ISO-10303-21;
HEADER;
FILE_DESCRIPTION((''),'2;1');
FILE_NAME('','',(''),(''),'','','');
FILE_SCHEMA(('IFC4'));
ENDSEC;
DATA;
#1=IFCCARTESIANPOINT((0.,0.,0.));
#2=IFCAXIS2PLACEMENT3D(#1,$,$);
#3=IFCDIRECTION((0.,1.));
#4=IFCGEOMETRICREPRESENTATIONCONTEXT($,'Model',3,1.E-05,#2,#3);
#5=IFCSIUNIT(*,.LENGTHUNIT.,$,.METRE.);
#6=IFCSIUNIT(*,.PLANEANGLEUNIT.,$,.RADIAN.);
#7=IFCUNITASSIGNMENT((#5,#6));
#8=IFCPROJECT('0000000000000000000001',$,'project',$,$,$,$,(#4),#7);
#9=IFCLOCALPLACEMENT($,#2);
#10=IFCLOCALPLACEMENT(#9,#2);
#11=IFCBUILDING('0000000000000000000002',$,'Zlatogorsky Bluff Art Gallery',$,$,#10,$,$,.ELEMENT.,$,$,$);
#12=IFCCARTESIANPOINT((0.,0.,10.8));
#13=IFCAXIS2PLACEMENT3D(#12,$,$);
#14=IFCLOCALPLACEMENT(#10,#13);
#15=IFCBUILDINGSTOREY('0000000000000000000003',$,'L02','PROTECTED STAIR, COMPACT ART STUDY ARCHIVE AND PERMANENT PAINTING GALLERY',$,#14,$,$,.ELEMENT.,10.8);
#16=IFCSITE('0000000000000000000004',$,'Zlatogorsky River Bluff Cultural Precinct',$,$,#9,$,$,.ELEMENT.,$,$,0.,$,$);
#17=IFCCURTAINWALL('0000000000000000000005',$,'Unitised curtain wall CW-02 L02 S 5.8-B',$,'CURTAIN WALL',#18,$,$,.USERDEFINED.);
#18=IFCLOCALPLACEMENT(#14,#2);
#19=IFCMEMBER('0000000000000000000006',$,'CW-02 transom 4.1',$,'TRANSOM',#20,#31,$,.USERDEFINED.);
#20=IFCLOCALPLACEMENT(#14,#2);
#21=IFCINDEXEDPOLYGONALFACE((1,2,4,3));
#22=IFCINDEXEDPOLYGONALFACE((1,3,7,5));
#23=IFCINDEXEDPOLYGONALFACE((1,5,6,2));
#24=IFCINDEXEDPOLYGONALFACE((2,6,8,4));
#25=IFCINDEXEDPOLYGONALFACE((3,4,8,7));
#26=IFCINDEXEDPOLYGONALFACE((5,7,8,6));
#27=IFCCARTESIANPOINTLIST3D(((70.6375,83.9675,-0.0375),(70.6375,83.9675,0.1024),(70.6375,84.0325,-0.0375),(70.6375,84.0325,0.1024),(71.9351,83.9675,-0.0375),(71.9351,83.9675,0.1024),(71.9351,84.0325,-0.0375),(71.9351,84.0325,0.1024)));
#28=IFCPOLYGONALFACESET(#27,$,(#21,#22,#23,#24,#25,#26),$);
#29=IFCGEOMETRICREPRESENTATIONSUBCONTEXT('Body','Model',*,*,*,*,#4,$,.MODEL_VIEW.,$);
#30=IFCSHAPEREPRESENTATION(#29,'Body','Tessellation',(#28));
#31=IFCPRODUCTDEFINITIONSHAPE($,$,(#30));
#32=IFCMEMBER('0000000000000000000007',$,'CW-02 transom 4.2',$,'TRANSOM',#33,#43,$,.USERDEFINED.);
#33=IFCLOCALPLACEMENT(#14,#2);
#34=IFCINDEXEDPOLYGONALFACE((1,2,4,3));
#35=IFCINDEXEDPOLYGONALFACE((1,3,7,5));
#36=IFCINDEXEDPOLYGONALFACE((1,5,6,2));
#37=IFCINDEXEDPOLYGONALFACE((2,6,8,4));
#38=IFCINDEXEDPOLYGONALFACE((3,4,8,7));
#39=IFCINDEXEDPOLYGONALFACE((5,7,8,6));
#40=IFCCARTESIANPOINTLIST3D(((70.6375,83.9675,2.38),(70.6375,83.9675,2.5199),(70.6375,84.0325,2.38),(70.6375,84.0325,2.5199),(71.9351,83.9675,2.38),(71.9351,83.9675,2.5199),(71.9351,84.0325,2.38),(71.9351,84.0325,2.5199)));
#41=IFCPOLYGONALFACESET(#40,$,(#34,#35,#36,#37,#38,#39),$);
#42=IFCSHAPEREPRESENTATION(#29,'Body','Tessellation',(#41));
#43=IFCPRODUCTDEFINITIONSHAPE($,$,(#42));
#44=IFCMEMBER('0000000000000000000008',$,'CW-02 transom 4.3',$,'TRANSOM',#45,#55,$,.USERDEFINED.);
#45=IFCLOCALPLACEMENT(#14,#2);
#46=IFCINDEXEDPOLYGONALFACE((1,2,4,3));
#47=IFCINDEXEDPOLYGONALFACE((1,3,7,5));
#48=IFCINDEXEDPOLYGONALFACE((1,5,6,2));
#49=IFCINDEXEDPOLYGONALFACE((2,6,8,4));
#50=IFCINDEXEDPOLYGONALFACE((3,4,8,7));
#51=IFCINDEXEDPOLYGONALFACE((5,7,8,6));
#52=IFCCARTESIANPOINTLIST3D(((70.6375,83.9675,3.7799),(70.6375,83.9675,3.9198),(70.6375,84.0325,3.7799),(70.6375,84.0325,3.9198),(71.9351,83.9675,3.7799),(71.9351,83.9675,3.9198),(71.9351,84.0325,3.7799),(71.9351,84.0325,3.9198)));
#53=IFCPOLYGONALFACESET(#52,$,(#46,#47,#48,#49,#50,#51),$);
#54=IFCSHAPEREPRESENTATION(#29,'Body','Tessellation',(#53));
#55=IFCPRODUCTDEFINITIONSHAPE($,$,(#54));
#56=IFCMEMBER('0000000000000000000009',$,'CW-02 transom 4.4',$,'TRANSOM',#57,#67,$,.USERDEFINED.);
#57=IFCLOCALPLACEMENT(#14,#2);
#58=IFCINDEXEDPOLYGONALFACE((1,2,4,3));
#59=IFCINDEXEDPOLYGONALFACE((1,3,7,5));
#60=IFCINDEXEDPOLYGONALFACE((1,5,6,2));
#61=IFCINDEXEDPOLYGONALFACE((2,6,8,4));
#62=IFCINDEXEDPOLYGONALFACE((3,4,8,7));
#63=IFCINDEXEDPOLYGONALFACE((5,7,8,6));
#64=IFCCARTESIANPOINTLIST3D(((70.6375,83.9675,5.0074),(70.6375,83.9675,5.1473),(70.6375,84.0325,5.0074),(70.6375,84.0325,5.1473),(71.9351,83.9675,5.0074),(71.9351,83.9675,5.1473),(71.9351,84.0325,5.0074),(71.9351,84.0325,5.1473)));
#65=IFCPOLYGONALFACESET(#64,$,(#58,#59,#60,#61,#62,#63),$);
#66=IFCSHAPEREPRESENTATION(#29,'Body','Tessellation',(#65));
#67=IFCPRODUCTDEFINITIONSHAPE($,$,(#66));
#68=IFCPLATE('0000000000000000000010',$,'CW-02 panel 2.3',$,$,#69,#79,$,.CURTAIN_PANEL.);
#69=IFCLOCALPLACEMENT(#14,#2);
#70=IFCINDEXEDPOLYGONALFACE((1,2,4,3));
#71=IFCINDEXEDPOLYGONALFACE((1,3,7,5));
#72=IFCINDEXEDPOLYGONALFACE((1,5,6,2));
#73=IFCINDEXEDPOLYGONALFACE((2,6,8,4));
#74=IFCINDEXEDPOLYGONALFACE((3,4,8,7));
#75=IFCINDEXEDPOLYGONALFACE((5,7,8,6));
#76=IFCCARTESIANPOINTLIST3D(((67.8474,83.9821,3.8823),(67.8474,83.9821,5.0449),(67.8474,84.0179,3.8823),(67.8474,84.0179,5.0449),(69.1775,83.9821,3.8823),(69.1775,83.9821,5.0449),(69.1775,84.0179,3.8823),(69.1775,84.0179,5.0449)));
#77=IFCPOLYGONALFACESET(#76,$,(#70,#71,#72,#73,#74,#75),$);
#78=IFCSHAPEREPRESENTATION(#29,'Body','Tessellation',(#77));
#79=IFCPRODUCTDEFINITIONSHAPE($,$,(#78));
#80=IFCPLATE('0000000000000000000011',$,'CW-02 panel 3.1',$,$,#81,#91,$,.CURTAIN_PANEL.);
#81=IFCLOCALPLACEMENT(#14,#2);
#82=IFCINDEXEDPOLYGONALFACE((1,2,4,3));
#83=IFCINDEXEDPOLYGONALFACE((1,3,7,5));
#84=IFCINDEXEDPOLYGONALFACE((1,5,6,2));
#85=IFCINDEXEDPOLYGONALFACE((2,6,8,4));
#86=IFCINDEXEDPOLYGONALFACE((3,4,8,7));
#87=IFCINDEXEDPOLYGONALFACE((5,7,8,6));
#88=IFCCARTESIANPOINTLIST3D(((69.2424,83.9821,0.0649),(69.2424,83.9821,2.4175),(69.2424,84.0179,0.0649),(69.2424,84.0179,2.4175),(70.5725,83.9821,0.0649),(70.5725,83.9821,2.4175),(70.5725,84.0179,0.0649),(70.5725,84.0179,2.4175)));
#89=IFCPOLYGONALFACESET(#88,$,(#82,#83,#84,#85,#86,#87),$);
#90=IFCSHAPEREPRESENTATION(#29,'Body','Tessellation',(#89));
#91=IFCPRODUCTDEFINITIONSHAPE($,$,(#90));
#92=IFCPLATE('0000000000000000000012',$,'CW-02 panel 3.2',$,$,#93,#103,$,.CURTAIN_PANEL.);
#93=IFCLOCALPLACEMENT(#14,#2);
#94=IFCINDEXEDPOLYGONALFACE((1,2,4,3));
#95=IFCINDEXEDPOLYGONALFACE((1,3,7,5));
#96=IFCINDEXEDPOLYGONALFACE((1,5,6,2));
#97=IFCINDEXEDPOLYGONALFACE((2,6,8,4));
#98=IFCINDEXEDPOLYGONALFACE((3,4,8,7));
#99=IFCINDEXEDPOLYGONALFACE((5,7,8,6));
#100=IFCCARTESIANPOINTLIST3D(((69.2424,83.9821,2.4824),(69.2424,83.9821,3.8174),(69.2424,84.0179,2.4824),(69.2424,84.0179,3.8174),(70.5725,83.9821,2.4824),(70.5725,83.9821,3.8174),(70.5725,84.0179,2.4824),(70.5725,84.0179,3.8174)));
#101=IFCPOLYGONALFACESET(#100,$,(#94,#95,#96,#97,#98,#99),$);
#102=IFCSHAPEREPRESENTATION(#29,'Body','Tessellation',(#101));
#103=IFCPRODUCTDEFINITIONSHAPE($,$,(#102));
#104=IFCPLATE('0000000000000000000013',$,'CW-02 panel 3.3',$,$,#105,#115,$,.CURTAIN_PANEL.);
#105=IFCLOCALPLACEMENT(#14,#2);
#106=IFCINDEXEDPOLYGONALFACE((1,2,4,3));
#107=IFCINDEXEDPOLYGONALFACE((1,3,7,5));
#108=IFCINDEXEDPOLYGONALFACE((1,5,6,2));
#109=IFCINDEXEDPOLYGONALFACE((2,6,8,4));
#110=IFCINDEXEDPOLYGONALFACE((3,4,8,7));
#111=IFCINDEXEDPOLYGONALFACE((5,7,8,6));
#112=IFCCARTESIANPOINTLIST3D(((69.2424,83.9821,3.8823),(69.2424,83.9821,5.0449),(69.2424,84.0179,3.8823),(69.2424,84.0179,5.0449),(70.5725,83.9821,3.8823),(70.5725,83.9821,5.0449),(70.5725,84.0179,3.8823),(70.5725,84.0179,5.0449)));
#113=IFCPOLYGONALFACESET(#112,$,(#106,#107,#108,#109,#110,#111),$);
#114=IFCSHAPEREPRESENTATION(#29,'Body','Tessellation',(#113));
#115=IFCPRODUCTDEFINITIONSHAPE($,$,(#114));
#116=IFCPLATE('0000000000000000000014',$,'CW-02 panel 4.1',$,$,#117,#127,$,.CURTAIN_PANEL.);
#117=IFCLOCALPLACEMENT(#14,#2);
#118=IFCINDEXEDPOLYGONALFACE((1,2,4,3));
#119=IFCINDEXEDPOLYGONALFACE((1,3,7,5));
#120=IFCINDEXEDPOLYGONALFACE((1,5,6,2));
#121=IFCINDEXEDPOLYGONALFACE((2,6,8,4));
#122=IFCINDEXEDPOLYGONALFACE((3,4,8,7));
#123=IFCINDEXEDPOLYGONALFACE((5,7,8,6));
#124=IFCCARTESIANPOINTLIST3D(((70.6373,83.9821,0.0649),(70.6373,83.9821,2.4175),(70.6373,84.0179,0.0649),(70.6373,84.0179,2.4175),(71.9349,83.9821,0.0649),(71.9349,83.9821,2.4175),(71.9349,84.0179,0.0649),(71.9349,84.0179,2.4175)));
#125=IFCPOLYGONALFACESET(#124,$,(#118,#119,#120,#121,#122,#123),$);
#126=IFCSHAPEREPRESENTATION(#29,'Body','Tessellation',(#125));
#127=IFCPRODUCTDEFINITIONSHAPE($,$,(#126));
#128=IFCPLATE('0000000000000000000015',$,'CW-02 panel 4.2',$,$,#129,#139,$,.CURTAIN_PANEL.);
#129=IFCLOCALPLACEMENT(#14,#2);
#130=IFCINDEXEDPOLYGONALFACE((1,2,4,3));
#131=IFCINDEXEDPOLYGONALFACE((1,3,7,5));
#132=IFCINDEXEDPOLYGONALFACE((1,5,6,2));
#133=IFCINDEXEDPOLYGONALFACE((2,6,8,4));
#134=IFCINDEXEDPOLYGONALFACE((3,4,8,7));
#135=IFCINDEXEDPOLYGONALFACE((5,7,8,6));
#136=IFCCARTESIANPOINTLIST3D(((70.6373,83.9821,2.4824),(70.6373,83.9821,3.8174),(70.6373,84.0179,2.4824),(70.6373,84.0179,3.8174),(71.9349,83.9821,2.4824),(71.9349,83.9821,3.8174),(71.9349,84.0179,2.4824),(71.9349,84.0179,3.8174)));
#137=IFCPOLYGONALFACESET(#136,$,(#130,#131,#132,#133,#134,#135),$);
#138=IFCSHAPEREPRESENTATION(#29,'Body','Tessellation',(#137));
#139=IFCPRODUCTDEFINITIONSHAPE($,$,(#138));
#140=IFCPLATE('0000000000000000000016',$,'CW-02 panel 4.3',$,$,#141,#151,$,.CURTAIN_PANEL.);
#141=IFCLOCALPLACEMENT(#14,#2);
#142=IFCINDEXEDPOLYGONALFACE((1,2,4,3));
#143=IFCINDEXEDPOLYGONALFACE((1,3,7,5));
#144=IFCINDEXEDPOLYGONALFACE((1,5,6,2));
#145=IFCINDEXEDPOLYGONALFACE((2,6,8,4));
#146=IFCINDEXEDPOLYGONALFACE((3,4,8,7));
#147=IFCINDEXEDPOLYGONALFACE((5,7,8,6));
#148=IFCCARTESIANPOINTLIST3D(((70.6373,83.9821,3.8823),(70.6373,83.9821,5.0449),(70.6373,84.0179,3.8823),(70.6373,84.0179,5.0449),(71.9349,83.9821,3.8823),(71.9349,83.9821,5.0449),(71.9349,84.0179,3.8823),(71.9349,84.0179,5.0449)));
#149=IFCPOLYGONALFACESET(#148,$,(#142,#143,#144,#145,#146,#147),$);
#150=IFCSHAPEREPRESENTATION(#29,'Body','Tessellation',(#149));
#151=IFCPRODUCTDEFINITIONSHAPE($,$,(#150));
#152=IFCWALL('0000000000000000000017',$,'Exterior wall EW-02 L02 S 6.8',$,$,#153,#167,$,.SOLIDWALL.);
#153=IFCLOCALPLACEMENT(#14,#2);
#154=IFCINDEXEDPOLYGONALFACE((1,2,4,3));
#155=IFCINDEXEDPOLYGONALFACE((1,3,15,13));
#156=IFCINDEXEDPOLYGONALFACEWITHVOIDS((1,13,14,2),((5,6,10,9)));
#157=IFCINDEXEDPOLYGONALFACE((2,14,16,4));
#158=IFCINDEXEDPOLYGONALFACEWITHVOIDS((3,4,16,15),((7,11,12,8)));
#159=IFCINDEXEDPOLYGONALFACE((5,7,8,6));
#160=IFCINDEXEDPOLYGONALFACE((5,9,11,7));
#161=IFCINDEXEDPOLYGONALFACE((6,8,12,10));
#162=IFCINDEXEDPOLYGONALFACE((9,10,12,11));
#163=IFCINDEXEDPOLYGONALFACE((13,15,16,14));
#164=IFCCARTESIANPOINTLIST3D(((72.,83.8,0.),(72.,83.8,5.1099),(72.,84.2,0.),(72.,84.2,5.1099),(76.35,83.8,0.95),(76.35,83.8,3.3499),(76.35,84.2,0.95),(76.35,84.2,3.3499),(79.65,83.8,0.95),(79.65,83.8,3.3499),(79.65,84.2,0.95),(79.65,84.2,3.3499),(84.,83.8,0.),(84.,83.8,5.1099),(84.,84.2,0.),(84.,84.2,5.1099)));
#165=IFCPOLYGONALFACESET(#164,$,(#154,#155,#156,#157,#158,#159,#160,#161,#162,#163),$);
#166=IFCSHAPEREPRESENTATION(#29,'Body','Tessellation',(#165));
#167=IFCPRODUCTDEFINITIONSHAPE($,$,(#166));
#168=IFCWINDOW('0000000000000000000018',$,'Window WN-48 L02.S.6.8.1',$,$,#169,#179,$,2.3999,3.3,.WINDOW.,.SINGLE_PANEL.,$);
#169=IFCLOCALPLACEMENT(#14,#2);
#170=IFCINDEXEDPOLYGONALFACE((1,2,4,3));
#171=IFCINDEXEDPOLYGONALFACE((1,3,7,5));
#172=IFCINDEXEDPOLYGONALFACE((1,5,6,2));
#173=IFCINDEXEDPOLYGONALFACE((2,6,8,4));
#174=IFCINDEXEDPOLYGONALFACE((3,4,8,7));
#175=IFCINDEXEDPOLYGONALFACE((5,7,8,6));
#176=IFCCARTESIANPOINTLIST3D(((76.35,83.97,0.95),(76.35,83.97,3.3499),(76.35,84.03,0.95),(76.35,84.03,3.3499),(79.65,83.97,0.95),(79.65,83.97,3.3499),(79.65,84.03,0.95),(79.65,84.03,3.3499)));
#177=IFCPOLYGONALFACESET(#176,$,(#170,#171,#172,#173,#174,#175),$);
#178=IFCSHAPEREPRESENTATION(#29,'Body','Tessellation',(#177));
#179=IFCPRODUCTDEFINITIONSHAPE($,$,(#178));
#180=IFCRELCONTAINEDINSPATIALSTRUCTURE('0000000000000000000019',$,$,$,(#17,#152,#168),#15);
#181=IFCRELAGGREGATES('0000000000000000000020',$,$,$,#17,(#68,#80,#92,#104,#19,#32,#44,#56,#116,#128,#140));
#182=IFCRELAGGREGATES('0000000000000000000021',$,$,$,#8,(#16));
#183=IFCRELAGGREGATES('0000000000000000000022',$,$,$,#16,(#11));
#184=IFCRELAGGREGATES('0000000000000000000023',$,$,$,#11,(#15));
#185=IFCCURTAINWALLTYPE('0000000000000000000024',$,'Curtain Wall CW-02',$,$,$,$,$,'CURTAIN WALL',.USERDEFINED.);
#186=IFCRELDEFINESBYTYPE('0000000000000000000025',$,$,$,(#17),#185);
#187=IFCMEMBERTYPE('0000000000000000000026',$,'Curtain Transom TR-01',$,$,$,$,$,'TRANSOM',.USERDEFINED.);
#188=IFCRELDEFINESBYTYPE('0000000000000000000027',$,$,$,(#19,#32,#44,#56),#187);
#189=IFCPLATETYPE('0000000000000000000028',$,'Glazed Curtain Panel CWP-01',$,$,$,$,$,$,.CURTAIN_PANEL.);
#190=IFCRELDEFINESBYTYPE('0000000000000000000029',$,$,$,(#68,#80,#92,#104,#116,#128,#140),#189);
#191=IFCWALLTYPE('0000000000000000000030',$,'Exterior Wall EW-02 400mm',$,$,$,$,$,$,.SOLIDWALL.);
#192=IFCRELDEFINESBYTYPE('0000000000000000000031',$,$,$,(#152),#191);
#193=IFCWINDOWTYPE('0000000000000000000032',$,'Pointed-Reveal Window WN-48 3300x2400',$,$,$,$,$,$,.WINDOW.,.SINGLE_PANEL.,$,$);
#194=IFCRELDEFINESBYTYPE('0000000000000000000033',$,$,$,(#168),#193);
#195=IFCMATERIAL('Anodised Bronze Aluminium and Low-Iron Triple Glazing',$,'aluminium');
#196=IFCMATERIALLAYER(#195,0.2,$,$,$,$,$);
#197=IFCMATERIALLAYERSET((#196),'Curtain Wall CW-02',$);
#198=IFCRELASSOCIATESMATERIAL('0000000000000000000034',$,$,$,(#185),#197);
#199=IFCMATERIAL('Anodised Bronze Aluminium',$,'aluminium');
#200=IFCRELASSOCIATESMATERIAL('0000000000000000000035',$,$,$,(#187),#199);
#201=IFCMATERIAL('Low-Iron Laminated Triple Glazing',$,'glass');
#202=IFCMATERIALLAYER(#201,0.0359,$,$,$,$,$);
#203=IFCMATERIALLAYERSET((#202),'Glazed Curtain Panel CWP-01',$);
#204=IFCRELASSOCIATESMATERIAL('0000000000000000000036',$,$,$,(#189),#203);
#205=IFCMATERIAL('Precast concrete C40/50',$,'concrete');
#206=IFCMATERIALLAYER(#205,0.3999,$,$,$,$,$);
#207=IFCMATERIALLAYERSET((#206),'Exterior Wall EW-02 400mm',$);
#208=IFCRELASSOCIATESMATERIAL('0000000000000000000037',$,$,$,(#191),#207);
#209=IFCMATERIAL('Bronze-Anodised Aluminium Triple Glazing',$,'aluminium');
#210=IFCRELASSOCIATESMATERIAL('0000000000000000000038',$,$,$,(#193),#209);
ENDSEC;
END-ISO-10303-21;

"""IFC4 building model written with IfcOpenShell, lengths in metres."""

from ifc_helpers import new_model, si_unit, direction, frame, frame_2d, origin, origin_2d, place, context, subcontext, project, spatial, rectangle, extrude, material, layer, layer_set, material_profile, profile_set, type_object, element, fill, aggregate, save


model = new_model("IFC4")

# Units and contexts
model_context = context("Model", 3, precision=1e-05, world=origin(), true_north=direction((0.0, 1.0)))
body_context = subcontext(model_context, "Body", "Model", "MODEL_VIEW")
ifc_project = project(units=[si_unit("LENGTHUNIT", "METRE"), si_unit("PLANEANGLEUNIT", "RADIAN")], contexts=[model_context])

# Site, building, storey
site_placement = place(None, origin())
site = spatial("IfcSite", under=ifc_project, at=site_placement, Name="Zlatogorsky River Bluff Cultural Precinct", CompositionType="ELEMENT", RefElevation=0.0)
building_placement = place(site_placement, origin())
building = spatial("IfcBuilding", under=site, at=building_placement, Name="Zlatogorsky Bluff Art Gallery", CompositionType="ELEMENT")
storey_placement = place(building_placement, frame((0.0, 0.0, 10.8)))
storey = spatial("IfcBuildingStorey", under=building, at=storey_placement, Name="L02", Description="PROTECTED STAIR, COMPACT ART STUDY ARCHIVE AND PERMANENT PAINTING GALLERY", CompositionType="ELEMENT", Elevation=10.8)

# Curtain wall, members, plates
ifc_material_1 = material(Name="Anodised Bronze Aluminium and Low-Iron Triple Glazing", Category="aluminium")
ifc_layer_1 = layer(ifc_material_1, 0.2)
ifc_layer_set_1 = layer_set([ifc_layer_1], Name="Curtain Wall CW-02")
curtain_wall_type = type_object("IfcCurtainWallType", Name="Curtain Wall CW-02", ElementType="CURTAIN WALL", PredefinedType="USERDEFINED", material=ifc_layer_set_1)
curtain_wall_placement = place(storey_placement, origin())
curtain_wall = element("IfcCurtainWall", 1, at=curtain_wall_placement, inside=storey, type_object=curtain_wall_type, Name="Unitised curtain wall CW-02 L02 S 5.8-B", ObjectType="CURTAIN WALL", PredefinedType="USERDEFINED")
ifc_material_2 = material(Name="Anodised Bronze Aluminium", Category="aluminium")
ifc_material_profile_1 = material_profile(ifc_material_2, rectangle(XDim=0.0649, YDim=0.1399, at=origin_2d()), Name="ALU TRANSOM 65x140")
ifc_profile_set_1 = profile_set([ifc_material_profile_1], Name="Anodised Bronze Aluminium")
member_type_1 = type_object("IfcMemberType", Name="Curtain Transom TR-01", ElementType="TRANSOM", PredefinedType="USERDEFINED", material=ifc_profile_set_1)
member_1_placement = place(storey_placement, frame((70.6375, 84.0, 0.0325), z_axis=(1.0, 0.0, 0.0), x_axis=(0.0, 1.0, 0.0)))
member_1 = element("IfcMember", 2, at=member_1_placement, type_object=member_type_1, Name="CW-02 transom 4.1", ObjectType="TRANSOM", PredefinedType="USERDEFINED", context=body_context, shape_type="SweptSolid", body=[
    extrude(rectangle(XDim=0.0649, YDim=0.1399, at=origin_2d()), origin(), (0.0, 0.0, 1.0), 1.2976),
])
member_2_placement = place(storey_placement, frame((70.6375, 84.0, 2.45), z_axis=(1.0, 0.0, 0.0), x_axis=(0.0, 1.0, 0.0)))
member_2 = element("IfcMember", 3, at=member_2_placement, type_object=member_type_1, Name="CW-02 transom 4.2", ObjectType="TRANSOM", PredefinedType="USERDEFINED", context=body_context, shape_type="SweptSolid", body=[
    extrude(rectangle(XDim=0.0649, YDim=0.1399, at=origin_2d()), origin(), (0.0, 0.0, 1.0), 1.2976),
])
member_3_placement = place(storey_placement, frame((70.6375, 84.0, 3.8499), z_axis=(1.0, 0.0, 0.0), x_axis=(0.0, 1.0, 0.0)))
member_3 = element("IfcMember", 4, at=member_3_placement, type_object=member_type_1, Name="CW-02 transom 4.3", ObjectType="TRANSOM", PredefinedType="USERDEFINED", context=body_context, shape_type="SweptSolid", body=[
    extrude(rectangle(XDim=0.0649, YDim=0.1399, at=origin_2d()), origin(), (0.0, 0.0, 1.0), 1.2976),
])
member_4_placement = place(storey_placement, frame((70.6375, 84.0, 5.0774), z_axis=(1.0, 0.0, 0.0), x_axis=(0.0, 1.0, 0.0)))
member_4 = element("IfcMember", 5, at=member_4_placement, type_object=member_type_1, Name="CW-02 transom 4.4", ObjectType="TRANSOM", PredefinedType="USERDEFINED", context=body_context, shape_type="SweptSolid", body=[
    extrude(rectangle(XDim=0.0649, YDim=0.1399, at=origin_2d()), origin(), (0.0, 0.0, 1.0), 1.2976),
])
ifc_material_3 = material(Name="Low-Iron Laminated Triple Glazing", Category="glass")
ifc_layer_2 = layer(ifc_material_3, 0.0359)
ifc_layer_set_2 = layer_set([ifc_layer_2], Name="Glazed Curtain Panel CWP-01")
plate_type = type_object("IfcPlateType", Name="Glazed Curtain Panel CWP-01", PredefinedType="CURTAIN_PANEL", material=ifc_layer_set_2)
plate_1_placement = place(storey_placement, frame((68.5125, 84.0, 3.8823), z_axis=(0.0, 0.0, 1.0), x_axis=(1.0, 0.0, 0.0)))
plate_1 = element("IfcPlate", 6, at=plate_1_placement, type_object=plate_type, Name="CW-02 panel 2.3", PredefinedType="CURTAIN_PANEL", context=body_context, shape_type="SweptSolid", body=[
    extrude(rectangle(XDim=1.3301, YDim=0.0359, at=origin_2d()), origin(), (0.0, 0.0, 1.0), 1.1626),
])
plate_2_placement = place(storey_placement, frame((69.9075, 84.0, 0.0649), z_axis=(0.0, 0.0, 1.0), x_axis=(1.0, 0.0, 0.0)))
plate_2 = element("IfcPlate", 7, at=plate_2_placement, type_object=plate_type, Name="CW-02 panel 3.1", PredefinedType="CURTAIN_PANEL", context=body_context, shape_type="SweptSolid", body=[
    extrude(rectangle(XDim=1.3301, YDim=0.0359, at=origin_2d()), origin(), (0.0, 0.0, 1.0), 2.3525),
])
plate_3_placement = place(storey_placement, frame((69.9075, 84.0, 2.4824), z_axis=(0.0, 0.0, 1.0), x_axis=(1.0, 0.0, 0.0)))
plate_3 = element("IfcPlate", 8, at=plate_3_placement, type_object=plate_type, Name="CW-02 panel 3.2", PredefinedType="CURTAIN_PANEL", context=body_context, shape_type="SweptSolid", body=[
    extrude(rectangle(XDim=1.3301, YDim=0.0359, at=origin_2d()), origin(), (0.0, 0.0, 1.0), 1.335),
])
plate_4_placement = place(storey_placement, frame((69.9075, 84.0, 3.8823), z_axis=(0.0, 0.0, 1.0), x_axis=(1.0, 0.0, 0.0)))
plate_4 = element("IfcPlate", 9, at=plate_4_placement, type_object=plate_type, Name="CW-02 panel 3.3", PredefinedType="CURTAIN_PANEL", context=body_context, shape_type="SweptSolid", body=[
    extrude(rectangle(XDim=1.3301, YDim=0.0359, at=origin_2d()), origin(), (0.0, 0.0, 1.0), 1.1626),
])
plate_5_placement = place(storey_placement, frame((71.2861, 84.0, 0.0649), z_axis=(0.0, 0.0, 1.0), x_axis=(1.0, 0.0, 0.0)))
plate_5 = element("IfcPlate", 10, at=plate_5_placement, type_object=plate_type, Name="CW-02 panel 4.1", PredefinedType="CURTAIN_PANEL", context=body_context, shape_type="SweptSolid", body=[
    extrude(rectangle(XDim=1.2976, YDim=0.0359, at=origin_2d()), origin(), (0.0, 0.0, 1.0), 2.3525),
])
plate_6_placement = place(storey_placement, frame((71.2861, 84.0, 2.4824), z_axis=(0.0, 0.0, 1.0), x_axis=(1.0, 0.0, 0.0)))
plate_6 = element("IfcPlate", 11, at=plate_6_placement, type_object=plate_type, Name="CW-02 panel 4.2", PredefinedType="CURTAIN_PANEL", context=body_context, shape_type="SweptSolid", body=[
    extrude(rectangle(XDim=1.2976, YDim=0.0359, at=origin_2d()), origin(), (0.0, 0.0, 1.0), 1.335),
])
plate_7_placement = place(storey_placement, frame((71.2861, 84.0, 3.8823), z_axis=(0.0, 0.0, 1.0), x_axis=(1.0, 0.0, 0.0)))
plate_7 = element("IfcPlate", 12, at=plate_7_placement, type_object=plate_type, Name="CW-02 panel 4.3", PredefinedType="CURTAIN_PANEL", context=body_context, shape_type="SweptSolid", body=[
    extrude(rectangle(XDim=1.2976, YDim=0.0359, at=origin_2d()), origin(), (0.0, 0.0, 1.0), 1.1626),
])
aggregate(curtain_wall, [plate_1, plate_2, plate_3, plate_4, member_1, member_2, member_3, member_4, plate_5, plate_6, plate_7])

# Wall, opening, window
ifc_material_4 = material(Name="Precast concrete C40/50", Category="concrete")
ifc_layer_3 = layer(ifc_material_4, 0.3999)
ifc_layer_set_3 = layer_set([ifc_layer_3], Name="Exterior Wall EW-02 400mm")
wall_type = type_object("IfcWallType", Name="Exterior Wall EW-02 400mm", PredefinedType="SOLIDWALL", material=ifc_layer_set_3)
wall_placement = place(storey_placement, frame((72.0, 84.0, 0.0), z_axis=(0.0, 0.0, 1.0), x_axis=(1.0, 0.0, 0.0)))
wall = element("IfcWall", 13, at=wall_placement, inside=storey, type_object=wall_type, Name="Exterior wall EW-02 L02 S 6.8", PredefinedType="SOLIDWALL", context=body_context, shape_type="SweptSolid", body=[
    extrude(rectangle(XDim=12.0, YDim=0.3999, at=frame_2d((6.0, 0.0))), origin(), (0.0, 0.0, 1.0), 5.1099),
])
opening_placement = place(wall_placement, frame((4.3501, 0.0, 0.95)))
opening = element("IfcOpeningElement", 14, at=opening_placement, cuts=wall, PredefinedType="OPENING", context=body_context, shape_type="SweptSolid", body=[
    extrude(rectangle(XDim=3.3, YDim=2.3999, at=frame_2d((1.6499, 1.2))), frame((0.0, 0.21, 0.0), z_axis=(0.0, -1.0, 0.0), x_axis=(1.0, 0.0, 0.0)), (0.0, 0.0, 1.0), 0.4199),
])
ifc_material_5 = material(Name="Bronze-Anodised Aluminium Triple Glazing", Category="aluminium")
window_type = type_object("IfcWindowType", Name="Pointed-Reveal Window WN-48 3300x2400", PartitioningType="SINGLE_PANEL", PredefinedType="WINDOW", material=ifc_material_5)
window_placement = place(opening_placement, origin())
window = element("IfcWindow", 15, at=window_placement, inside=storey, type_object=window_type, Name="Window WN-48 L02.S.6.8.1", OverallHeight=2.3999, OverallWidth=3.3, PartitioningType="SINGLE_PANEL", PredefinedType="WINDOW", context=body_context, shape_type="SweptSolid", body=[
    extrude(rectangle(XDim=3.3, YDim=2.3999, at=frame_2d((1.6499, 1.2))), frame((0.0, 0.03, 0.0), z_axis=(0.0, -1.0, 0.0), x_axis=(1.0, 0.0, 0.0)), (0.0, 0.0, 1.0), 0.0601),
])
fill(opening, window)

save(model, "model.ifc")
